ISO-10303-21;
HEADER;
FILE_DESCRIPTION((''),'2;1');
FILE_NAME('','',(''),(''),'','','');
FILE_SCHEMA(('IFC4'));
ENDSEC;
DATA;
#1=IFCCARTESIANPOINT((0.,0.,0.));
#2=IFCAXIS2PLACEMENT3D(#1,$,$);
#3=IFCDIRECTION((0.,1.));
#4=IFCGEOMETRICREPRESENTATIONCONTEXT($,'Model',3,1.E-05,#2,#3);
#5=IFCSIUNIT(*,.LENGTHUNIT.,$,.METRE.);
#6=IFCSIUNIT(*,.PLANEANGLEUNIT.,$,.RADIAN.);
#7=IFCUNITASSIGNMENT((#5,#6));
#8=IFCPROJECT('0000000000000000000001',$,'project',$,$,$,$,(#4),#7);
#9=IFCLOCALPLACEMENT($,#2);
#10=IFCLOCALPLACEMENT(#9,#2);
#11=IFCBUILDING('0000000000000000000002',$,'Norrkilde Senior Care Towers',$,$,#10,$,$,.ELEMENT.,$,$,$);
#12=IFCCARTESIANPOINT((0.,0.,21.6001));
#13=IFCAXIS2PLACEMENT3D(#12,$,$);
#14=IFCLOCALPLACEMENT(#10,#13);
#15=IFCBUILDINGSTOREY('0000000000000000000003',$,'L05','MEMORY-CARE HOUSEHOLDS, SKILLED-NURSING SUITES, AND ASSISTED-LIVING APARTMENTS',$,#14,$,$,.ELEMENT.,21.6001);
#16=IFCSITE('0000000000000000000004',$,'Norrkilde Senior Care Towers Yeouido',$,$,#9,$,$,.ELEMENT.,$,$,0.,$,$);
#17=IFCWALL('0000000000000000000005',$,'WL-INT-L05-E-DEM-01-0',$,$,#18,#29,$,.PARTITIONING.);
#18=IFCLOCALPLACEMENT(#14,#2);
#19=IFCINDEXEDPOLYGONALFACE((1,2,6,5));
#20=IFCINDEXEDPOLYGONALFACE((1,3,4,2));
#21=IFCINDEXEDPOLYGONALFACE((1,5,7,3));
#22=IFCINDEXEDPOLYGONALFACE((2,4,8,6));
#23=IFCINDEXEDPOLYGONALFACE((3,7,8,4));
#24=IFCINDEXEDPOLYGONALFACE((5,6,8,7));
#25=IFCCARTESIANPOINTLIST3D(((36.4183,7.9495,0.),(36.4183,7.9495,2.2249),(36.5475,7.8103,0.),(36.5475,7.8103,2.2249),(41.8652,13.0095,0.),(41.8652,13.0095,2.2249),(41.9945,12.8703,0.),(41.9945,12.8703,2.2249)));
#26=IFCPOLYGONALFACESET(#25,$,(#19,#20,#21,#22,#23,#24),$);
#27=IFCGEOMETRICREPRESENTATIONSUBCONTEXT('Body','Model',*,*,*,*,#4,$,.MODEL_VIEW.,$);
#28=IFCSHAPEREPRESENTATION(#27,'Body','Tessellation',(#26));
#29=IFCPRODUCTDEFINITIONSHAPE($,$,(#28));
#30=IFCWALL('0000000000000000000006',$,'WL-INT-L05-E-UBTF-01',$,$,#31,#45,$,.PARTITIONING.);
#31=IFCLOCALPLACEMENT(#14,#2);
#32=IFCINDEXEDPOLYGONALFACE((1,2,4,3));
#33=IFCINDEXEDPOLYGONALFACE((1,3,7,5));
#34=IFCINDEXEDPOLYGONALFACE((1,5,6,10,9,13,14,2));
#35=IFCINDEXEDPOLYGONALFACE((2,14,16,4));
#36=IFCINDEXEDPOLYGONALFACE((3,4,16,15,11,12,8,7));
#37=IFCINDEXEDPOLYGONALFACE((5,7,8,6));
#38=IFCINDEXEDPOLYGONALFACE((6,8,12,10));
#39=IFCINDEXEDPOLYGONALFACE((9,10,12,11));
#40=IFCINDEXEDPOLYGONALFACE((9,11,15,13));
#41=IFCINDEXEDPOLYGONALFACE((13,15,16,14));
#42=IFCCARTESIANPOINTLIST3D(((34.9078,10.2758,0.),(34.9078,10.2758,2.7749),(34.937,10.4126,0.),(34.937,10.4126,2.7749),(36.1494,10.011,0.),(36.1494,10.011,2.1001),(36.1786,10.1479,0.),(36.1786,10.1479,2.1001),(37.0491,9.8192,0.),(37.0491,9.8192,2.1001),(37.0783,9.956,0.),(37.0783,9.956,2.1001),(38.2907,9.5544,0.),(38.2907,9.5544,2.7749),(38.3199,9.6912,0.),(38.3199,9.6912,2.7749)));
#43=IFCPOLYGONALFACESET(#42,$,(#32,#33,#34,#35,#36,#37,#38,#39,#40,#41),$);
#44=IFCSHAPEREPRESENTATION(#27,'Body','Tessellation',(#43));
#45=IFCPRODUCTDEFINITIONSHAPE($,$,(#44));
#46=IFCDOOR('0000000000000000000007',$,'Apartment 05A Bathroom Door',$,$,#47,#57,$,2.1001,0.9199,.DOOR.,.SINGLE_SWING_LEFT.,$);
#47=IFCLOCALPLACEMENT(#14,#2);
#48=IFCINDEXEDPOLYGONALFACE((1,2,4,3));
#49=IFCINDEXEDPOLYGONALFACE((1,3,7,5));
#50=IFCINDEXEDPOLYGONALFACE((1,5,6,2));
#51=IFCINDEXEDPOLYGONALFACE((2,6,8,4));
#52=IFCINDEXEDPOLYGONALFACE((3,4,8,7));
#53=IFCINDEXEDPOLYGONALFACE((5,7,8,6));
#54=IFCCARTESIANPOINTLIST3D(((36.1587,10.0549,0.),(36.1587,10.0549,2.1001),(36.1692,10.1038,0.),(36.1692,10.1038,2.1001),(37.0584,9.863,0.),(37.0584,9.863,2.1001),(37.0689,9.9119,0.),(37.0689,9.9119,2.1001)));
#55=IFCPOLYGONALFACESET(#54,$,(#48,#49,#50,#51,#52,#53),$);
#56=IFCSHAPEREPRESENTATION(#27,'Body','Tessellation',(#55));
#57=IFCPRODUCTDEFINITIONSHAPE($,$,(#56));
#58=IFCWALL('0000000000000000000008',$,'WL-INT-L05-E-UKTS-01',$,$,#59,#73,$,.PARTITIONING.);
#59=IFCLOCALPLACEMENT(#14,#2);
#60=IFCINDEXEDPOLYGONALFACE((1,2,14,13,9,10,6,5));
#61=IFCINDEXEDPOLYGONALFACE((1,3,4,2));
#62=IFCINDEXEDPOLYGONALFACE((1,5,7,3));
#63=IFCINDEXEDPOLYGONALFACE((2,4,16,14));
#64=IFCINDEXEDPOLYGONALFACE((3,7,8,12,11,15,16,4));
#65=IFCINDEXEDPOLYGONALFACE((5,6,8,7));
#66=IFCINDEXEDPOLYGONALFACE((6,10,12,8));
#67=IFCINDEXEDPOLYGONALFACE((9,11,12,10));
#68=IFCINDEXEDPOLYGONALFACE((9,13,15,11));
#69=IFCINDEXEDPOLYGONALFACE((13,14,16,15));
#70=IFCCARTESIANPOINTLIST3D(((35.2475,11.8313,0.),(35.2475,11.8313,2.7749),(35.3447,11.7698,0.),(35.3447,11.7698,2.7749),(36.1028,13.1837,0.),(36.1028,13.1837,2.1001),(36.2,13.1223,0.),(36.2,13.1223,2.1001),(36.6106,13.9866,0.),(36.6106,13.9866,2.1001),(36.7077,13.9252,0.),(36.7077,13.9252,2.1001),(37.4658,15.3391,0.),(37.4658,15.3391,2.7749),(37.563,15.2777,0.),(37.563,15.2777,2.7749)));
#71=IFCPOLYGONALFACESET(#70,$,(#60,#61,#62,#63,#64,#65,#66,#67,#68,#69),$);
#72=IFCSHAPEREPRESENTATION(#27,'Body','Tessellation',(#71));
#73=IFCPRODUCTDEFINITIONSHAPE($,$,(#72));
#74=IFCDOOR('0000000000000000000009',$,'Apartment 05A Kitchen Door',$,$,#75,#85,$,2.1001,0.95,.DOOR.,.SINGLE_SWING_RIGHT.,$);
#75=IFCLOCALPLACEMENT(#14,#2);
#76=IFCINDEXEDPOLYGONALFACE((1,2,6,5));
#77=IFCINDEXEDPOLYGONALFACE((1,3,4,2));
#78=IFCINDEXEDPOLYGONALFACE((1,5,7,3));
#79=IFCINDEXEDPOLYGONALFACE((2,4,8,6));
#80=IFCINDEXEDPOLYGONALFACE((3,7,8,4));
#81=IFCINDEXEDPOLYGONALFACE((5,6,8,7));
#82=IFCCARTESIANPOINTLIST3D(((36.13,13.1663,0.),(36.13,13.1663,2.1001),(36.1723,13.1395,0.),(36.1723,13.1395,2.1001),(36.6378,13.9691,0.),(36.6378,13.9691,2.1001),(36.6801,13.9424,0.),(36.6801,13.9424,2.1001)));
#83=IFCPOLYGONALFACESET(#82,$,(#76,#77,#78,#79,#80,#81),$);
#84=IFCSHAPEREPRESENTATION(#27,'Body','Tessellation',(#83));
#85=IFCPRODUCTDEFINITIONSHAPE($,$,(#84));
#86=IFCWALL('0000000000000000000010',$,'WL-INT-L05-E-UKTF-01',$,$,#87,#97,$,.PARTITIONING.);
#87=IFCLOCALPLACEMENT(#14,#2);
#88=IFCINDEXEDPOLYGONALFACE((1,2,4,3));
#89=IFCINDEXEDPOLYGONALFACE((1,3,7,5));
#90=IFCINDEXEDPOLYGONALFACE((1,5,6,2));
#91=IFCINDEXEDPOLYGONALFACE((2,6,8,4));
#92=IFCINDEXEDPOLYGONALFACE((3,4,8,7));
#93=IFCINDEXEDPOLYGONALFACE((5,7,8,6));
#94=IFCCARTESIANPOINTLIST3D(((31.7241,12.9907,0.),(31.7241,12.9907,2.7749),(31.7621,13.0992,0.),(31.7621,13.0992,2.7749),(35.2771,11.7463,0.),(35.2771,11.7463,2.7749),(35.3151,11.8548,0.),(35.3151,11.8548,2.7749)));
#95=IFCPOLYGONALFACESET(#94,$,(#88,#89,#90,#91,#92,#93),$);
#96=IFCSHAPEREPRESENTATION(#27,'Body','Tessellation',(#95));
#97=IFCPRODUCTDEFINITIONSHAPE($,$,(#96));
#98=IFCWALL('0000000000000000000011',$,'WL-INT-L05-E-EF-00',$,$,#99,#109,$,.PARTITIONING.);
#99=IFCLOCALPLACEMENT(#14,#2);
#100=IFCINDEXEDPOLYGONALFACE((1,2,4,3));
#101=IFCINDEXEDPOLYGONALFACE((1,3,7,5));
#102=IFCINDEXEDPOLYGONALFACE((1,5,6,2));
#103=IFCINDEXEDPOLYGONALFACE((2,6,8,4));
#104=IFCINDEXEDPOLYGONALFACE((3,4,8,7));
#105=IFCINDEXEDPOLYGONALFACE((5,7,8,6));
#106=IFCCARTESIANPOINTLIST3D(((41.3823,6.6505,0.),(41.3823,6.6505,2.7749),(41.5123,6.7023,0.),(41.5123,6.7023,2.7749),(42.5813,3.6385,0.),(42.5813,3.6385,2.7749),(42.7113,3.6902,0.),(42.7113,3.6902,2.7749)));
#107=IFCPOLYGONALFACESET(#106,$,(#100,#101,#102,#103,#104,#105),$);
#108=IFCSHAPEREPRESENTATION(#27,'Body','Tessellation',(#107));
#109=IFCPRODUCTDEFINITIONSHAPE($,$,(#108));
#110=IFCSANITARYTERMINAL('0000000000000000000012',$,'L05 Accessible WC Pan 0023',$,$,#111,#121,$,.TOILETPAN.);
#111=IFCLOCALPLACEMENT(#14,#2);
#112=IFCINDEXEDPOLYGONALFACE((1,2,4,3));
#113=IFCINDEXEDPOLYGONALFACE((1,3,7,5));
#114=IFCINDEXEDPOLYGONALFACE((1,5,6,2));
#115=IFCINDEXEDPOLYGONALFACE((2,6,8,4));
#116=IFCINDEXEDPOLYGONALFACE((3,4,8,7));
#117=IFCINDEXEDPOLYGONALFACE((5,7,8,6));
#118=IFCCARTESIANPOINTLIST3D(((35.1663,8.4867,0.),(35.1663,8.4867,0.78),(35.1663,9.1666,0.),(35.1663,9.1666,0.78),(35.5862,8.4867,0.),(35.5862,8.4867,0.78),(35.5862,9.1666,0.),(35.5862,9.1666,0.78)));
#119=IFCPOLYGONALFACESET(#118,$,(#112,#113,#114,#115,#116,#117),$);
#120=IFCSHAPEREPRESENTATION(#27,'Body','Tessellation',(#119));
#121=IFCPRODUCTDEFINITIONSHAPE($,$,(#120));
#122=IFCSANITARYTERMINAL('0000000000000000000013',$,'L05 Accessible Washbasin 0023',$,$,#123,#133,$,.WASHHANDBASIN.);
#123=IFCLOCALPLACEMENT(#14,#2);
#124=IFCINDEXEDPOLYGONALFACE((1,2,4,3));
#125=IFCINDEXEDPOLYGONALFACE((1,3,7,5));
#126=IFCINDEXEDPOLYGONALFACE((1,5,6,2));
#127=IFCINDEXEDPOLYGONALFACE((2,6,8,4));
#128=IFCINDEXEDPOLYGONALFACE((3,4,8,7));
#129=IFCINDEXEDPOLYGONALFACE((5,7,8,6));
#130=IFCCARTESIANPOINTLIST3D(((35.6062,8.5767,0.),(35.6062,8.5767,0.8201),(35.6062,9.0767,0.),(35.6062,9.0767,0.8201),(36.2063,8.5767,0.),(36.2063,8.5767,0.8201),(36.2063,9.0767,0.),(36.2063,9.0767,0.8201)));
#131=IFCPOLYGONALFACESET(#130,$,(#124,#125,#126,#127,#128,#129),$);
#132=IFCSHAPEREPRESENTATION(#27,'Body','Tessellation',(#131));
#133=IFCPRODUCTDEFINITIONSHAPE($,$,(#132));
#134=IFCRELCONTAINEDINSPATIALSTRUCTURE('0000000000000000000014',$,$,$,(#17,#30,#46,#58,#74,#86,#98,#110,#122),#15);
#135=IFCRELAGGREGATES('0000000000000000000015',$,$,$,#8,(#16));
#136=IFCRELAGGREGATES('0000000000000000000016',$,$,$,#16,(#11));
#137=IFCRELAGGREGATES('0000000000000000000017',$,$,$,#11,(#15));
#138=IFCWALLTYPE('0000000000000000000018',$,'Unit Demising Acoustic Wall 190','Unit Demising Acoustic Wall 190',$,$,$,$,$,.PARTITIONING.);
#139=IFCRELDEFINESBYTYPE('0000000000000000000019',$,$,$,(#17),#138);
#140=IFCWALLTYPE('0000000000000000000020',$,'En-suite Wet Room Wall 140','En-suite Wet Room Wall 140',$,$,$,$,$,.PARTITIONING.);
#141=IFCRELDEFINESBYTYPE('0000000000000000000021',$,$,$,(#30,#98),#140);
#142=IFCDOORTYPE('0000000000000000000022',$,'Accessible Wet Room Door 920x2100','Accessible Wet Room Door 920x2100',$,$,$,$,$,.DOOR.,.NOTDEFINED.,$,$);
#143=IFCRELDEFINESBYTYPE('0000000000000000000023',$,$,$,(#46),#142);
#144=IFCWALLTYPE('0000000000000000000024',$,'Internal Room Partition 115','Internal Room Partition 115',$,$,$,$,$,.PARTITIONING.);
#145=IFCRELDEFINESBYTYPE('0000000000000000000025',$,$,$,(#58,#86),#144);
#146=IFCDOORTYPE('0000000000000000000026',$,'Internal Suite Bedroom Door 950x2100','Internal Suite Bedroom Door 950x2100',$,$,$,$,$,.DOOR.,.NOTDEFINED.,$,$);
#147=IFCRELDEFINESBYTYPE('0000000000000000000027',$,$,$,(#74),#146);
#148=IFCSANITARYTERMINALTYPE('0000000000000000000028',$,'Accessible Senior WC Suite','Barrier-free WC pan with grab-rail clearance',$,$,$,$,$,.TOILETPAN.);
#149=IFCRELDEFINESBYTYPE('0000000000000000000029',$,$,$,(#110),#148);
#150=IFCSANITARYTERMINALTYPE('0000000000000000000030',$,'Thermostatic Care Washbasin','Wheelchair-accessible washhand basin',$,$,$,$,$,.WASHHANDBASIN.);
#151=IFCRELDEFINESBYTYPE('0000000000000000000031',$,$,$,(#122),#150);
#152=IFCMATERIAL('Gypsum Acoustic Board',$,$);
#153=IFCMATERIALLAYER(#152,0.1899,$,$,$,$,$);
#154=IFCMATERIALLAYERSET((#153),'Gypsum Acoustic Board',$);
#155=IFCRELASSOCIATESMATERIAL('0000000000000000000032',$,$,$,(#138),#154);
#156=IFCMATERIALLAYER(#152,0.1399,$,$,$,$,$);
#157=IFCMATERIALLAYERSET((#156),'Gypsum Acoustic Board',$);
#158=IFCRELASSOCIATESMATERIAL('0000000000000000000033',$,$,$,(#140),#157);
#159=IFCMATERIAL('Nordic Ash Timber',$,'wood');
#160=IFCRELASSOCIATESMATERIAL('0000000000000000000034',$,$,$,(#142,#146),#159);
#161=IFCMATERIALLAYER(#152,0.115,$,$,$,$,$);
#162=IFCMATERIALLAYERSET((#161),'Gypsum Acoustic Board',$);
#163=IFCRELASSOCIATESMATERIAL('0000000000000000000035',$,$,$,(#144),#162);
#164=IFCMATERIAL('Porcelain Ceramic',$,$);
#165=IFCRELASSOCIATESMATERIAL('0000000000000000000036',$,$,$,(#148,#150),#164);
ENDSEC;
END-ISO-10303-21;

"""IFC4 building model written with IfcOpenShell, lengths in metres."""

from ifc_helpers import new_model, si_unit, direction, frame, frame_2d, origin, origin_2d, place, context, subcontext, project, spatial, rectangle, extrude, source, transform, mapped, material, layer, layer_set, type_object, type_shapes, element, fill, save


model = new_model("IFC4")

# Units and contexts
model_context = context("Model", 3, precision=1e-05, world=origin(), true_north=direction((0.0, 1.0)))
body_context = subcontext(model_context, "Body", "Model", "MODEL_VIEW")
ifc_project = project(units=[si_unit("LENGTHUNIT", "METRE"), si_unit("PLANEANGLEUNIT", "RADIAN")], contexts=[model_context])

# Site, building, storey
site_placement = place(None, origin())
site = spatial("IfcSite", under=ifc_project, at=site_placement, Name="Norrkilde Senior Care Towers Yeouido", CompositionType="ELEMENT", RefElevation=0.0)
building_placement = place(site_placement, origin())
building = spatial("IfcBuilding", under=site, at=building_placement, Name="Norrkilde Senior Care Towers", CompositionType="ELEMENT")
storey_placement = place(building_placement, frame((0.0, 0.0, 21.6001)))
storey = spatial("IfcBuildingStorey", under=building, at=storey_placement, Name="L05", Description="MEMORY-CARE HOUSEHOLDS, SKILLED-NURSING SUITES, AND ASSISTED-LIVING APARTMENTS", CompositionType="ELEMENT", Elevation=21.6001)

# Shared definitions
ifc_material_1 = material(Name="Gypsum Acoustic Board")
ifc_material_2 = material(Name="Nordic Ash Timber", Category="wood")

# Wall
ifc_layer_1 = layer(ifc_material_1, 0.1899)
ifc_layer_set_1 = layer_set([ifc_layer_1], Name="Gypsum Acoustic Board")
wall_type_1 = type_object("IfcWallType", Name="Unit Demising Acoustic Wall 190", Description="Unit Demising Acoustic Wall 190", PredefinedType="PARTITIONING", material=ifc_layer_set_1)
shared_shape_1 = source(origin(), body_context, "Body", "SweptSolid", [
    extrude(rectangle(XDim=7.4346, YDim=0.1899, at=frame_2d((3.7173, 0.0))), origin(), (0.0, 0.0, 1.0), 2.2249),
])
type_shapes(wall_type_1, [shared_shape_1])
wall_1_placement = place(storey_placement, frame((36.4829, 7.8799, 0.0), z_axis=(0.0, 0.0, 1.0), x_axis=(0.732652, 0.680603, 0.0)))
element("IfcWall", 1, at=wall_1_placement, inside=storey, type_object=wall_type_1, Name="WL-INT-L05-E-DEM-01-0", PredefinedType="PARTITIONING", context=body_context, shape_type="MappedRepresentation", body=[
    mapped(shared_shape_1, transform((0.0, 0.0, 0.0), x_axis=(1.0, 0.0, 0.0), y_axis=(0.0, 1.0, 0.0), z_axis=(0.0, 0.0, 1.0), scale=1.0)),
])

# Walls, openings, doors
ifc_layer_2 = layer(ifc_material_1, 0.1399)
ifc_layer_set_2 = layer_set([ifc_layer_2], Name="Gypsum Acoustic Board")
wall_type_2 = type_object("IfcWallType", Name="En-suite Wet Room Wall 140", Description="En-suite Wet Room Wall 140", PredefinedType="PARTITIONING", material=ifc_layer_set_2)
shared_shape_2 = source(origin(), body_context, "Body", "SweptSolid", [
    extrude(rectangle(XDim=3.459, YDim=0.1399, at=frame_2d((1.7295, 0.0))), origin(), (0.0, 0.0, 1.0), 2.7749),
])
wall_2_placement = place(storey_placement, frame((34.9224, 10.3442, 0.0), z_axis=(0.0, 0.0, 1.0), x_axis=(0.978006, -0.208575, 0.0)))
wall_2 = element("IfcWall", 2, at=wall_2_placement, inside=storey, type_object=wall_type_2, Name="WL-INT-L05-E-UBTF-01", PredefinedType="PARTITIONING", context=body_context, shape_type="MappedRepresentation", body=[
    mapped(shared_shape_2, transform((0.0, 0.0, 0.0), x_axis=(1.0, 0.0, 0.0), y_axis=(0.0, 1.0, 0.0), z_axis=(0.0, 0.0, 1.0), scale=1.0)),
])
opening_1_placement = place(wall_2_placement, frame((1.2695, 0.0, 0.0)))
opening_1 = element("IfcOpeningElement", 3, at=opening_1_placement, cuts=wall_2, PredefinedType="OPENING", context=body_context, shape_type="SweptSolid", body=[
    extrude(rectangle(XDim=0.9199, YDim=2.1001, at=frame_2d((0.46, 1.05))), frame((0.0, 0.0798, 0.0), z_axis=(0.0, -1.0, 0.0), x_axis=(1.0, 0.0, 0.0)), (0.0, 0.0, 1.0), 0.1599),
])
door_type_1 = type_object("IfcDoorType", Name="Accessible Wet Room Door 920x2100", Description="Accessible Wet Room Door 920x2100", OperationType="NOTDEFINED", PredefinedType="DOOR", material=ifc_material_2)
shared_shape_3 = source(origin(), body_context, "Body", "SweptSolid", [
    extrude(rectangle(XDim=0.9199, YDim=2.1001, at=frame_2d((0.46, 1.05))), frame((0.0, 0.0249, 0.0), z_axis=(0.0, -1.0, 0.0), x_axis=(1.0, 0.0, 0.0)), (0.0, 0.0, 1.0), 0.05),
])
type_shapes(door_type_1, [shared_shape_3])
door_1_placement = place(opening_1_placement, origin())
door_1 = element("IfcDoor", 4, at=door_1_placement, inside=storey, type_object=door_type_1, Name="Apartment 05A Bathroom Door", OperationType="SINGLE_SWING_LEFT", OverallHeight=2.1001, OverallWidth=0.9199, PredefinedType="DOOR", context=body_context, shape_type="MappedRepresentation", body=[
    mapped(shared_shape_3, transform((0.0, 0.0, 0.0), x_axis=(1.0, 0.0, 0.0), y_axis=(0.0, 1.0, 0.0), z_axis=(0.0, 0.0, 1.0), scale=1.0)),
])
fill(opening_1, door_1)
ifc_layer_3 = layer(ifc_material_1, 0.115)
ifc_layer_set_3 = layer_set([ifc_layer_3], Name="Gypsum Acoustic Board")
wall_type_3 = type_object("IfcWallType", Name="Internal Room Partition 115", Description="Internal Room Partition 115", PredefinedType="PARTITIONING", material=ifc_layer_set_3)
shared_shape_4 = source(origin(), body_context, "Body", "SweptSolid", [
    extrude(rectangle(XDim=4.1504, YDim=0.115, at=frame_2d((2.0752, 0.0))), origin(), (0.0, 0.0, 1.0), 2.7749),
])
wall_3_placement = place(storey_placement, frame((35.2961, 11.8005, 0.0), z_axis=(0.0, 0.0, 1.0), x_axis=(0.534475, 0.845184, 0.0)))
wall_3 = element("IfcWall", 5, at=wall_3_placement, inside=storey, type_object=wall_type_3, Name="WL-INT-L05-E-UKTS-01", PredefinedType="PARTITIONING", context=body_context, shape_type="MappedRepresentation", body=[
    mapped(shared_shape_4, transform((0.0, 0.0, 0.0), x_axis=(1.0, 0.0, 0.0), y_axis=(0.0, 1.0, 0.0), z_axis=(0.0, 0.0, 1.0), scale=1.0)),
])
opening_2_placement = place(wall_3_placement, frame((1.6001, 0.0, 0.0)))
opening_2 = element("IfcOpeningElement", 6, at=opening_2_placement, cuts=wall_3, PredefinedType="OPENING", context=body_context, shape_type="SweptSolid", body=[
    extrude(rectangle(XDim=0.95, YDim=2.1001, at=frame_2d((0.4751, 1.05))), frame((0.0, 0.0674, 0.0), z_axis=(0.0, -1.0, 0.0), x_axis=(1.0, 0.0, 0.0)), (0.0, 0.0, 1.0), 0.135),
])
door_type_2 = type_object("IfcDoorType", Name="Internal Suite Bedroom Door 950x2100", Description="Internal Suite Bedroom Door 950x2100", OperationType="NOTDEFINED", PredefinedType="DOOR", material=ifc_material_2)
shared_shape_5 = source(origin(), body_context, "Body", "SweptSolid", [
    extrude(rectangle(XDim=0.95, YDim=2.1001, at=frame_2d((0.4751, 1.05))), frame((0.0, 0.0249, 0.0), z_axis=(0.0, -1.0, 0.0), x_axis=(1.0, 0.0, 0.0)), (0.0, 0.0, 1.0), 0.05),
])
type_shapes(door_type_2, [shared_shape_5])
door_2_placement = place(opening_2_placement, frame((0.95, 0.0, 0.0), z_axis=(0.0, 0.0, 1.0), x_axis=(-1.0, 0.0, 0.0)))
door_2 = element("IfcDoor", 7, at=door_2_placement, inside=storey, type_object=door_type_2, Name="Apartment 05A Kitchen Door", OperationType="SINGLE_SWING_RIGHT", OverallHeight=2.1001, OverallWidth=0.95, PredefinedType="DOOR", context=body_context, shape_type="MappedRepresentation", body=[
    mapped(shared_shape_5, transform((0.0, 0.0, 0.0), x_axis=(1.0, 0.0, 0.0), y_axis=(0.0, 1.0, 0.0), z_axis=(0.0, 0.0, 1.0), scale=1.0)),
])
fill(opening_2, door_2)

# Walls
shared_shape_6 = source(origin(), body_context, "Body", "SweptSolid", [
    extrude(rectangle(XDim=3.7646, YDim=0.115, at=frame_2d((1.8823, 0.0))), origin(), (0.0, 0.0, 1.0), 2.7749),
])
type_shapes(wall_type_3, [shared_shape_4, shared_shape_6])
wall_4_placement = place(storey_placement, frame((35.2961, 11.8005, 0.0), z_axis=(0.0, 0.0, 1.0), x_axis=(-0.943789, 0.33055, 0.0)))
element("IfcWall", 8, at=wall_4_placement, inside=storey, type_object=wall_type_3, Name="WL-INT-L05-E-UKTF-01", PredefinedType="PARTITIONING", context=body_context, shape_type="MappedRepresentation", body=[
    mapped(shared_shape_6, transform((0.0, 0.0, 0.0), x_axis=(1.0, 0.0, 0.0), y_axis=(0.0, 1.0, 0.0), z_axis=(0.0, 0.0, 1.0), scale=1.0)),
])
shared_shape_7 = source(origin(), body_context, "Body", "SweptSolid", [
    extrude(rectangle(XDim=3.2419, YDim=0.1399, at=frame_2d((1.6211, 0.0))), origin(), (0.0, 0.0, 1.0), 2.7749),
])
type_shapes(wall_type_2, [shared_shape_2, shared_shape_7])
wall_5_placement = place(storey_placement, frame((41.4473, 6.6765, 0.0), z_axis=(0.0, 0.0, 1.0), x_axis=(0.369845, -0.929093, 0.0)))
element("IfcWall", 9, at=wall_5_placement, inside=storey, type_object=wall_type_2, Name="WL-INT-L05-E-EF-00", PredefinedType="PARTITIONING", context=body_context, shape_type="MappedRepresentation", body=[
    mapped(shared_shape_7, transform((0.0, 0.0, 0.0), x_axis=(1.0, 0.0, 0.0), y_axis=(0.0, 1.0, 0.0), z_axis=(0.0, 0.0, 1.0), scale=1.0)),
])

# Sanitary terminals
ifc_material_3 = material(Name="Porcelain Ceramic")
sanitary_terminal_type_1 = type_object("IfcSanitaryTerminalType", Name="Accessible Senior WC Suite", Description="Barrier-free WC pan with grab-rail clearance", PredefinedType="TOILETPAN", material=ifc_material_3)
shared_shape_8 = source(origin(), body_context, "Body", "SweptSolid", [
    extrude(rectangle(XDim=0.4199, YDim=0.6799, at=origin_2d()), origin(), (0.0, 0.0, 1.0), 0.78),
])
type_shapes(sanitary_terminal_type_1, [shared_shape_8])
sanitary_terminal_1_placement = place(storey_placement, frame((35.3762, 8.8267, 0.0), z_axis=(0.0, 0.0, 1.0), x_axis=(1.0, 0.0, 0.0)))
element("IfcSanitaryTerminal", 10, at=sanitary_terminal_1_placement, inside=storey, type_object=sanitary_terminal_type_1, Name="L05 Accessible WC Pan 0023", PredefinedType="TOILETPAN", context=body_context, shape_type="MappedRepresentation", body=[
    mapped(shared_shape_8, transform((0.0, 0.0, 0.0), x_axis=(1.0, 0.0, 0.0), y_axis=(0.0, 1.0, 0.0), z_axis=(0.0, 0.0, 1.0), scale=1.0)),
])
sanitary_terminal_type_2 = type_object("IfcSanitaryTerminalType", Name="Thermostatic Care Washbasin", Description="Wheelchair-accessible washhand basin", PredefinedType="WASHHANDBASIN", material=ifc_material_3)
shared_shape_9 = source(origin(), body_context, "Body", "SweptSolid", [
    extrude(rectangle(XDim=0.6001, YDim=0.5, at=origin_2d()), origin(), (0.0, 0.0, 1.0), 0.8201),
])
type_shapes(sanitary_terminal_type_2, [shared_shape_9])
sanitary_terminal_2_placement = place(storey_placement, frame((35.9062, 8.8267, 0.0), z_axis=(0.0, 0.0, 1.0), x_axis=(1.0, 0.0, 0.0)))
element("IfcSanitaryTerminal", 11, at=sanitary_terminal_2_placement, inside=storey, type_object=sanitary_terminal_type_2, Name="L05 Accessible Washbasin 0023", PredefinedType="WASHHANDBASIN", context=body_context, shape_type="MappedRepresentation", body=[
    mapped(shared_shape_9, transform((0.0, 0.0, 0.0), x_axis=(1.0, 0.0, 0.0), y_axis=(0.0, 1.0, 0.0), z_axis=(0.0, 0.0, 1.0), scale=1.0)),
])

save(model, "model.ifc")
